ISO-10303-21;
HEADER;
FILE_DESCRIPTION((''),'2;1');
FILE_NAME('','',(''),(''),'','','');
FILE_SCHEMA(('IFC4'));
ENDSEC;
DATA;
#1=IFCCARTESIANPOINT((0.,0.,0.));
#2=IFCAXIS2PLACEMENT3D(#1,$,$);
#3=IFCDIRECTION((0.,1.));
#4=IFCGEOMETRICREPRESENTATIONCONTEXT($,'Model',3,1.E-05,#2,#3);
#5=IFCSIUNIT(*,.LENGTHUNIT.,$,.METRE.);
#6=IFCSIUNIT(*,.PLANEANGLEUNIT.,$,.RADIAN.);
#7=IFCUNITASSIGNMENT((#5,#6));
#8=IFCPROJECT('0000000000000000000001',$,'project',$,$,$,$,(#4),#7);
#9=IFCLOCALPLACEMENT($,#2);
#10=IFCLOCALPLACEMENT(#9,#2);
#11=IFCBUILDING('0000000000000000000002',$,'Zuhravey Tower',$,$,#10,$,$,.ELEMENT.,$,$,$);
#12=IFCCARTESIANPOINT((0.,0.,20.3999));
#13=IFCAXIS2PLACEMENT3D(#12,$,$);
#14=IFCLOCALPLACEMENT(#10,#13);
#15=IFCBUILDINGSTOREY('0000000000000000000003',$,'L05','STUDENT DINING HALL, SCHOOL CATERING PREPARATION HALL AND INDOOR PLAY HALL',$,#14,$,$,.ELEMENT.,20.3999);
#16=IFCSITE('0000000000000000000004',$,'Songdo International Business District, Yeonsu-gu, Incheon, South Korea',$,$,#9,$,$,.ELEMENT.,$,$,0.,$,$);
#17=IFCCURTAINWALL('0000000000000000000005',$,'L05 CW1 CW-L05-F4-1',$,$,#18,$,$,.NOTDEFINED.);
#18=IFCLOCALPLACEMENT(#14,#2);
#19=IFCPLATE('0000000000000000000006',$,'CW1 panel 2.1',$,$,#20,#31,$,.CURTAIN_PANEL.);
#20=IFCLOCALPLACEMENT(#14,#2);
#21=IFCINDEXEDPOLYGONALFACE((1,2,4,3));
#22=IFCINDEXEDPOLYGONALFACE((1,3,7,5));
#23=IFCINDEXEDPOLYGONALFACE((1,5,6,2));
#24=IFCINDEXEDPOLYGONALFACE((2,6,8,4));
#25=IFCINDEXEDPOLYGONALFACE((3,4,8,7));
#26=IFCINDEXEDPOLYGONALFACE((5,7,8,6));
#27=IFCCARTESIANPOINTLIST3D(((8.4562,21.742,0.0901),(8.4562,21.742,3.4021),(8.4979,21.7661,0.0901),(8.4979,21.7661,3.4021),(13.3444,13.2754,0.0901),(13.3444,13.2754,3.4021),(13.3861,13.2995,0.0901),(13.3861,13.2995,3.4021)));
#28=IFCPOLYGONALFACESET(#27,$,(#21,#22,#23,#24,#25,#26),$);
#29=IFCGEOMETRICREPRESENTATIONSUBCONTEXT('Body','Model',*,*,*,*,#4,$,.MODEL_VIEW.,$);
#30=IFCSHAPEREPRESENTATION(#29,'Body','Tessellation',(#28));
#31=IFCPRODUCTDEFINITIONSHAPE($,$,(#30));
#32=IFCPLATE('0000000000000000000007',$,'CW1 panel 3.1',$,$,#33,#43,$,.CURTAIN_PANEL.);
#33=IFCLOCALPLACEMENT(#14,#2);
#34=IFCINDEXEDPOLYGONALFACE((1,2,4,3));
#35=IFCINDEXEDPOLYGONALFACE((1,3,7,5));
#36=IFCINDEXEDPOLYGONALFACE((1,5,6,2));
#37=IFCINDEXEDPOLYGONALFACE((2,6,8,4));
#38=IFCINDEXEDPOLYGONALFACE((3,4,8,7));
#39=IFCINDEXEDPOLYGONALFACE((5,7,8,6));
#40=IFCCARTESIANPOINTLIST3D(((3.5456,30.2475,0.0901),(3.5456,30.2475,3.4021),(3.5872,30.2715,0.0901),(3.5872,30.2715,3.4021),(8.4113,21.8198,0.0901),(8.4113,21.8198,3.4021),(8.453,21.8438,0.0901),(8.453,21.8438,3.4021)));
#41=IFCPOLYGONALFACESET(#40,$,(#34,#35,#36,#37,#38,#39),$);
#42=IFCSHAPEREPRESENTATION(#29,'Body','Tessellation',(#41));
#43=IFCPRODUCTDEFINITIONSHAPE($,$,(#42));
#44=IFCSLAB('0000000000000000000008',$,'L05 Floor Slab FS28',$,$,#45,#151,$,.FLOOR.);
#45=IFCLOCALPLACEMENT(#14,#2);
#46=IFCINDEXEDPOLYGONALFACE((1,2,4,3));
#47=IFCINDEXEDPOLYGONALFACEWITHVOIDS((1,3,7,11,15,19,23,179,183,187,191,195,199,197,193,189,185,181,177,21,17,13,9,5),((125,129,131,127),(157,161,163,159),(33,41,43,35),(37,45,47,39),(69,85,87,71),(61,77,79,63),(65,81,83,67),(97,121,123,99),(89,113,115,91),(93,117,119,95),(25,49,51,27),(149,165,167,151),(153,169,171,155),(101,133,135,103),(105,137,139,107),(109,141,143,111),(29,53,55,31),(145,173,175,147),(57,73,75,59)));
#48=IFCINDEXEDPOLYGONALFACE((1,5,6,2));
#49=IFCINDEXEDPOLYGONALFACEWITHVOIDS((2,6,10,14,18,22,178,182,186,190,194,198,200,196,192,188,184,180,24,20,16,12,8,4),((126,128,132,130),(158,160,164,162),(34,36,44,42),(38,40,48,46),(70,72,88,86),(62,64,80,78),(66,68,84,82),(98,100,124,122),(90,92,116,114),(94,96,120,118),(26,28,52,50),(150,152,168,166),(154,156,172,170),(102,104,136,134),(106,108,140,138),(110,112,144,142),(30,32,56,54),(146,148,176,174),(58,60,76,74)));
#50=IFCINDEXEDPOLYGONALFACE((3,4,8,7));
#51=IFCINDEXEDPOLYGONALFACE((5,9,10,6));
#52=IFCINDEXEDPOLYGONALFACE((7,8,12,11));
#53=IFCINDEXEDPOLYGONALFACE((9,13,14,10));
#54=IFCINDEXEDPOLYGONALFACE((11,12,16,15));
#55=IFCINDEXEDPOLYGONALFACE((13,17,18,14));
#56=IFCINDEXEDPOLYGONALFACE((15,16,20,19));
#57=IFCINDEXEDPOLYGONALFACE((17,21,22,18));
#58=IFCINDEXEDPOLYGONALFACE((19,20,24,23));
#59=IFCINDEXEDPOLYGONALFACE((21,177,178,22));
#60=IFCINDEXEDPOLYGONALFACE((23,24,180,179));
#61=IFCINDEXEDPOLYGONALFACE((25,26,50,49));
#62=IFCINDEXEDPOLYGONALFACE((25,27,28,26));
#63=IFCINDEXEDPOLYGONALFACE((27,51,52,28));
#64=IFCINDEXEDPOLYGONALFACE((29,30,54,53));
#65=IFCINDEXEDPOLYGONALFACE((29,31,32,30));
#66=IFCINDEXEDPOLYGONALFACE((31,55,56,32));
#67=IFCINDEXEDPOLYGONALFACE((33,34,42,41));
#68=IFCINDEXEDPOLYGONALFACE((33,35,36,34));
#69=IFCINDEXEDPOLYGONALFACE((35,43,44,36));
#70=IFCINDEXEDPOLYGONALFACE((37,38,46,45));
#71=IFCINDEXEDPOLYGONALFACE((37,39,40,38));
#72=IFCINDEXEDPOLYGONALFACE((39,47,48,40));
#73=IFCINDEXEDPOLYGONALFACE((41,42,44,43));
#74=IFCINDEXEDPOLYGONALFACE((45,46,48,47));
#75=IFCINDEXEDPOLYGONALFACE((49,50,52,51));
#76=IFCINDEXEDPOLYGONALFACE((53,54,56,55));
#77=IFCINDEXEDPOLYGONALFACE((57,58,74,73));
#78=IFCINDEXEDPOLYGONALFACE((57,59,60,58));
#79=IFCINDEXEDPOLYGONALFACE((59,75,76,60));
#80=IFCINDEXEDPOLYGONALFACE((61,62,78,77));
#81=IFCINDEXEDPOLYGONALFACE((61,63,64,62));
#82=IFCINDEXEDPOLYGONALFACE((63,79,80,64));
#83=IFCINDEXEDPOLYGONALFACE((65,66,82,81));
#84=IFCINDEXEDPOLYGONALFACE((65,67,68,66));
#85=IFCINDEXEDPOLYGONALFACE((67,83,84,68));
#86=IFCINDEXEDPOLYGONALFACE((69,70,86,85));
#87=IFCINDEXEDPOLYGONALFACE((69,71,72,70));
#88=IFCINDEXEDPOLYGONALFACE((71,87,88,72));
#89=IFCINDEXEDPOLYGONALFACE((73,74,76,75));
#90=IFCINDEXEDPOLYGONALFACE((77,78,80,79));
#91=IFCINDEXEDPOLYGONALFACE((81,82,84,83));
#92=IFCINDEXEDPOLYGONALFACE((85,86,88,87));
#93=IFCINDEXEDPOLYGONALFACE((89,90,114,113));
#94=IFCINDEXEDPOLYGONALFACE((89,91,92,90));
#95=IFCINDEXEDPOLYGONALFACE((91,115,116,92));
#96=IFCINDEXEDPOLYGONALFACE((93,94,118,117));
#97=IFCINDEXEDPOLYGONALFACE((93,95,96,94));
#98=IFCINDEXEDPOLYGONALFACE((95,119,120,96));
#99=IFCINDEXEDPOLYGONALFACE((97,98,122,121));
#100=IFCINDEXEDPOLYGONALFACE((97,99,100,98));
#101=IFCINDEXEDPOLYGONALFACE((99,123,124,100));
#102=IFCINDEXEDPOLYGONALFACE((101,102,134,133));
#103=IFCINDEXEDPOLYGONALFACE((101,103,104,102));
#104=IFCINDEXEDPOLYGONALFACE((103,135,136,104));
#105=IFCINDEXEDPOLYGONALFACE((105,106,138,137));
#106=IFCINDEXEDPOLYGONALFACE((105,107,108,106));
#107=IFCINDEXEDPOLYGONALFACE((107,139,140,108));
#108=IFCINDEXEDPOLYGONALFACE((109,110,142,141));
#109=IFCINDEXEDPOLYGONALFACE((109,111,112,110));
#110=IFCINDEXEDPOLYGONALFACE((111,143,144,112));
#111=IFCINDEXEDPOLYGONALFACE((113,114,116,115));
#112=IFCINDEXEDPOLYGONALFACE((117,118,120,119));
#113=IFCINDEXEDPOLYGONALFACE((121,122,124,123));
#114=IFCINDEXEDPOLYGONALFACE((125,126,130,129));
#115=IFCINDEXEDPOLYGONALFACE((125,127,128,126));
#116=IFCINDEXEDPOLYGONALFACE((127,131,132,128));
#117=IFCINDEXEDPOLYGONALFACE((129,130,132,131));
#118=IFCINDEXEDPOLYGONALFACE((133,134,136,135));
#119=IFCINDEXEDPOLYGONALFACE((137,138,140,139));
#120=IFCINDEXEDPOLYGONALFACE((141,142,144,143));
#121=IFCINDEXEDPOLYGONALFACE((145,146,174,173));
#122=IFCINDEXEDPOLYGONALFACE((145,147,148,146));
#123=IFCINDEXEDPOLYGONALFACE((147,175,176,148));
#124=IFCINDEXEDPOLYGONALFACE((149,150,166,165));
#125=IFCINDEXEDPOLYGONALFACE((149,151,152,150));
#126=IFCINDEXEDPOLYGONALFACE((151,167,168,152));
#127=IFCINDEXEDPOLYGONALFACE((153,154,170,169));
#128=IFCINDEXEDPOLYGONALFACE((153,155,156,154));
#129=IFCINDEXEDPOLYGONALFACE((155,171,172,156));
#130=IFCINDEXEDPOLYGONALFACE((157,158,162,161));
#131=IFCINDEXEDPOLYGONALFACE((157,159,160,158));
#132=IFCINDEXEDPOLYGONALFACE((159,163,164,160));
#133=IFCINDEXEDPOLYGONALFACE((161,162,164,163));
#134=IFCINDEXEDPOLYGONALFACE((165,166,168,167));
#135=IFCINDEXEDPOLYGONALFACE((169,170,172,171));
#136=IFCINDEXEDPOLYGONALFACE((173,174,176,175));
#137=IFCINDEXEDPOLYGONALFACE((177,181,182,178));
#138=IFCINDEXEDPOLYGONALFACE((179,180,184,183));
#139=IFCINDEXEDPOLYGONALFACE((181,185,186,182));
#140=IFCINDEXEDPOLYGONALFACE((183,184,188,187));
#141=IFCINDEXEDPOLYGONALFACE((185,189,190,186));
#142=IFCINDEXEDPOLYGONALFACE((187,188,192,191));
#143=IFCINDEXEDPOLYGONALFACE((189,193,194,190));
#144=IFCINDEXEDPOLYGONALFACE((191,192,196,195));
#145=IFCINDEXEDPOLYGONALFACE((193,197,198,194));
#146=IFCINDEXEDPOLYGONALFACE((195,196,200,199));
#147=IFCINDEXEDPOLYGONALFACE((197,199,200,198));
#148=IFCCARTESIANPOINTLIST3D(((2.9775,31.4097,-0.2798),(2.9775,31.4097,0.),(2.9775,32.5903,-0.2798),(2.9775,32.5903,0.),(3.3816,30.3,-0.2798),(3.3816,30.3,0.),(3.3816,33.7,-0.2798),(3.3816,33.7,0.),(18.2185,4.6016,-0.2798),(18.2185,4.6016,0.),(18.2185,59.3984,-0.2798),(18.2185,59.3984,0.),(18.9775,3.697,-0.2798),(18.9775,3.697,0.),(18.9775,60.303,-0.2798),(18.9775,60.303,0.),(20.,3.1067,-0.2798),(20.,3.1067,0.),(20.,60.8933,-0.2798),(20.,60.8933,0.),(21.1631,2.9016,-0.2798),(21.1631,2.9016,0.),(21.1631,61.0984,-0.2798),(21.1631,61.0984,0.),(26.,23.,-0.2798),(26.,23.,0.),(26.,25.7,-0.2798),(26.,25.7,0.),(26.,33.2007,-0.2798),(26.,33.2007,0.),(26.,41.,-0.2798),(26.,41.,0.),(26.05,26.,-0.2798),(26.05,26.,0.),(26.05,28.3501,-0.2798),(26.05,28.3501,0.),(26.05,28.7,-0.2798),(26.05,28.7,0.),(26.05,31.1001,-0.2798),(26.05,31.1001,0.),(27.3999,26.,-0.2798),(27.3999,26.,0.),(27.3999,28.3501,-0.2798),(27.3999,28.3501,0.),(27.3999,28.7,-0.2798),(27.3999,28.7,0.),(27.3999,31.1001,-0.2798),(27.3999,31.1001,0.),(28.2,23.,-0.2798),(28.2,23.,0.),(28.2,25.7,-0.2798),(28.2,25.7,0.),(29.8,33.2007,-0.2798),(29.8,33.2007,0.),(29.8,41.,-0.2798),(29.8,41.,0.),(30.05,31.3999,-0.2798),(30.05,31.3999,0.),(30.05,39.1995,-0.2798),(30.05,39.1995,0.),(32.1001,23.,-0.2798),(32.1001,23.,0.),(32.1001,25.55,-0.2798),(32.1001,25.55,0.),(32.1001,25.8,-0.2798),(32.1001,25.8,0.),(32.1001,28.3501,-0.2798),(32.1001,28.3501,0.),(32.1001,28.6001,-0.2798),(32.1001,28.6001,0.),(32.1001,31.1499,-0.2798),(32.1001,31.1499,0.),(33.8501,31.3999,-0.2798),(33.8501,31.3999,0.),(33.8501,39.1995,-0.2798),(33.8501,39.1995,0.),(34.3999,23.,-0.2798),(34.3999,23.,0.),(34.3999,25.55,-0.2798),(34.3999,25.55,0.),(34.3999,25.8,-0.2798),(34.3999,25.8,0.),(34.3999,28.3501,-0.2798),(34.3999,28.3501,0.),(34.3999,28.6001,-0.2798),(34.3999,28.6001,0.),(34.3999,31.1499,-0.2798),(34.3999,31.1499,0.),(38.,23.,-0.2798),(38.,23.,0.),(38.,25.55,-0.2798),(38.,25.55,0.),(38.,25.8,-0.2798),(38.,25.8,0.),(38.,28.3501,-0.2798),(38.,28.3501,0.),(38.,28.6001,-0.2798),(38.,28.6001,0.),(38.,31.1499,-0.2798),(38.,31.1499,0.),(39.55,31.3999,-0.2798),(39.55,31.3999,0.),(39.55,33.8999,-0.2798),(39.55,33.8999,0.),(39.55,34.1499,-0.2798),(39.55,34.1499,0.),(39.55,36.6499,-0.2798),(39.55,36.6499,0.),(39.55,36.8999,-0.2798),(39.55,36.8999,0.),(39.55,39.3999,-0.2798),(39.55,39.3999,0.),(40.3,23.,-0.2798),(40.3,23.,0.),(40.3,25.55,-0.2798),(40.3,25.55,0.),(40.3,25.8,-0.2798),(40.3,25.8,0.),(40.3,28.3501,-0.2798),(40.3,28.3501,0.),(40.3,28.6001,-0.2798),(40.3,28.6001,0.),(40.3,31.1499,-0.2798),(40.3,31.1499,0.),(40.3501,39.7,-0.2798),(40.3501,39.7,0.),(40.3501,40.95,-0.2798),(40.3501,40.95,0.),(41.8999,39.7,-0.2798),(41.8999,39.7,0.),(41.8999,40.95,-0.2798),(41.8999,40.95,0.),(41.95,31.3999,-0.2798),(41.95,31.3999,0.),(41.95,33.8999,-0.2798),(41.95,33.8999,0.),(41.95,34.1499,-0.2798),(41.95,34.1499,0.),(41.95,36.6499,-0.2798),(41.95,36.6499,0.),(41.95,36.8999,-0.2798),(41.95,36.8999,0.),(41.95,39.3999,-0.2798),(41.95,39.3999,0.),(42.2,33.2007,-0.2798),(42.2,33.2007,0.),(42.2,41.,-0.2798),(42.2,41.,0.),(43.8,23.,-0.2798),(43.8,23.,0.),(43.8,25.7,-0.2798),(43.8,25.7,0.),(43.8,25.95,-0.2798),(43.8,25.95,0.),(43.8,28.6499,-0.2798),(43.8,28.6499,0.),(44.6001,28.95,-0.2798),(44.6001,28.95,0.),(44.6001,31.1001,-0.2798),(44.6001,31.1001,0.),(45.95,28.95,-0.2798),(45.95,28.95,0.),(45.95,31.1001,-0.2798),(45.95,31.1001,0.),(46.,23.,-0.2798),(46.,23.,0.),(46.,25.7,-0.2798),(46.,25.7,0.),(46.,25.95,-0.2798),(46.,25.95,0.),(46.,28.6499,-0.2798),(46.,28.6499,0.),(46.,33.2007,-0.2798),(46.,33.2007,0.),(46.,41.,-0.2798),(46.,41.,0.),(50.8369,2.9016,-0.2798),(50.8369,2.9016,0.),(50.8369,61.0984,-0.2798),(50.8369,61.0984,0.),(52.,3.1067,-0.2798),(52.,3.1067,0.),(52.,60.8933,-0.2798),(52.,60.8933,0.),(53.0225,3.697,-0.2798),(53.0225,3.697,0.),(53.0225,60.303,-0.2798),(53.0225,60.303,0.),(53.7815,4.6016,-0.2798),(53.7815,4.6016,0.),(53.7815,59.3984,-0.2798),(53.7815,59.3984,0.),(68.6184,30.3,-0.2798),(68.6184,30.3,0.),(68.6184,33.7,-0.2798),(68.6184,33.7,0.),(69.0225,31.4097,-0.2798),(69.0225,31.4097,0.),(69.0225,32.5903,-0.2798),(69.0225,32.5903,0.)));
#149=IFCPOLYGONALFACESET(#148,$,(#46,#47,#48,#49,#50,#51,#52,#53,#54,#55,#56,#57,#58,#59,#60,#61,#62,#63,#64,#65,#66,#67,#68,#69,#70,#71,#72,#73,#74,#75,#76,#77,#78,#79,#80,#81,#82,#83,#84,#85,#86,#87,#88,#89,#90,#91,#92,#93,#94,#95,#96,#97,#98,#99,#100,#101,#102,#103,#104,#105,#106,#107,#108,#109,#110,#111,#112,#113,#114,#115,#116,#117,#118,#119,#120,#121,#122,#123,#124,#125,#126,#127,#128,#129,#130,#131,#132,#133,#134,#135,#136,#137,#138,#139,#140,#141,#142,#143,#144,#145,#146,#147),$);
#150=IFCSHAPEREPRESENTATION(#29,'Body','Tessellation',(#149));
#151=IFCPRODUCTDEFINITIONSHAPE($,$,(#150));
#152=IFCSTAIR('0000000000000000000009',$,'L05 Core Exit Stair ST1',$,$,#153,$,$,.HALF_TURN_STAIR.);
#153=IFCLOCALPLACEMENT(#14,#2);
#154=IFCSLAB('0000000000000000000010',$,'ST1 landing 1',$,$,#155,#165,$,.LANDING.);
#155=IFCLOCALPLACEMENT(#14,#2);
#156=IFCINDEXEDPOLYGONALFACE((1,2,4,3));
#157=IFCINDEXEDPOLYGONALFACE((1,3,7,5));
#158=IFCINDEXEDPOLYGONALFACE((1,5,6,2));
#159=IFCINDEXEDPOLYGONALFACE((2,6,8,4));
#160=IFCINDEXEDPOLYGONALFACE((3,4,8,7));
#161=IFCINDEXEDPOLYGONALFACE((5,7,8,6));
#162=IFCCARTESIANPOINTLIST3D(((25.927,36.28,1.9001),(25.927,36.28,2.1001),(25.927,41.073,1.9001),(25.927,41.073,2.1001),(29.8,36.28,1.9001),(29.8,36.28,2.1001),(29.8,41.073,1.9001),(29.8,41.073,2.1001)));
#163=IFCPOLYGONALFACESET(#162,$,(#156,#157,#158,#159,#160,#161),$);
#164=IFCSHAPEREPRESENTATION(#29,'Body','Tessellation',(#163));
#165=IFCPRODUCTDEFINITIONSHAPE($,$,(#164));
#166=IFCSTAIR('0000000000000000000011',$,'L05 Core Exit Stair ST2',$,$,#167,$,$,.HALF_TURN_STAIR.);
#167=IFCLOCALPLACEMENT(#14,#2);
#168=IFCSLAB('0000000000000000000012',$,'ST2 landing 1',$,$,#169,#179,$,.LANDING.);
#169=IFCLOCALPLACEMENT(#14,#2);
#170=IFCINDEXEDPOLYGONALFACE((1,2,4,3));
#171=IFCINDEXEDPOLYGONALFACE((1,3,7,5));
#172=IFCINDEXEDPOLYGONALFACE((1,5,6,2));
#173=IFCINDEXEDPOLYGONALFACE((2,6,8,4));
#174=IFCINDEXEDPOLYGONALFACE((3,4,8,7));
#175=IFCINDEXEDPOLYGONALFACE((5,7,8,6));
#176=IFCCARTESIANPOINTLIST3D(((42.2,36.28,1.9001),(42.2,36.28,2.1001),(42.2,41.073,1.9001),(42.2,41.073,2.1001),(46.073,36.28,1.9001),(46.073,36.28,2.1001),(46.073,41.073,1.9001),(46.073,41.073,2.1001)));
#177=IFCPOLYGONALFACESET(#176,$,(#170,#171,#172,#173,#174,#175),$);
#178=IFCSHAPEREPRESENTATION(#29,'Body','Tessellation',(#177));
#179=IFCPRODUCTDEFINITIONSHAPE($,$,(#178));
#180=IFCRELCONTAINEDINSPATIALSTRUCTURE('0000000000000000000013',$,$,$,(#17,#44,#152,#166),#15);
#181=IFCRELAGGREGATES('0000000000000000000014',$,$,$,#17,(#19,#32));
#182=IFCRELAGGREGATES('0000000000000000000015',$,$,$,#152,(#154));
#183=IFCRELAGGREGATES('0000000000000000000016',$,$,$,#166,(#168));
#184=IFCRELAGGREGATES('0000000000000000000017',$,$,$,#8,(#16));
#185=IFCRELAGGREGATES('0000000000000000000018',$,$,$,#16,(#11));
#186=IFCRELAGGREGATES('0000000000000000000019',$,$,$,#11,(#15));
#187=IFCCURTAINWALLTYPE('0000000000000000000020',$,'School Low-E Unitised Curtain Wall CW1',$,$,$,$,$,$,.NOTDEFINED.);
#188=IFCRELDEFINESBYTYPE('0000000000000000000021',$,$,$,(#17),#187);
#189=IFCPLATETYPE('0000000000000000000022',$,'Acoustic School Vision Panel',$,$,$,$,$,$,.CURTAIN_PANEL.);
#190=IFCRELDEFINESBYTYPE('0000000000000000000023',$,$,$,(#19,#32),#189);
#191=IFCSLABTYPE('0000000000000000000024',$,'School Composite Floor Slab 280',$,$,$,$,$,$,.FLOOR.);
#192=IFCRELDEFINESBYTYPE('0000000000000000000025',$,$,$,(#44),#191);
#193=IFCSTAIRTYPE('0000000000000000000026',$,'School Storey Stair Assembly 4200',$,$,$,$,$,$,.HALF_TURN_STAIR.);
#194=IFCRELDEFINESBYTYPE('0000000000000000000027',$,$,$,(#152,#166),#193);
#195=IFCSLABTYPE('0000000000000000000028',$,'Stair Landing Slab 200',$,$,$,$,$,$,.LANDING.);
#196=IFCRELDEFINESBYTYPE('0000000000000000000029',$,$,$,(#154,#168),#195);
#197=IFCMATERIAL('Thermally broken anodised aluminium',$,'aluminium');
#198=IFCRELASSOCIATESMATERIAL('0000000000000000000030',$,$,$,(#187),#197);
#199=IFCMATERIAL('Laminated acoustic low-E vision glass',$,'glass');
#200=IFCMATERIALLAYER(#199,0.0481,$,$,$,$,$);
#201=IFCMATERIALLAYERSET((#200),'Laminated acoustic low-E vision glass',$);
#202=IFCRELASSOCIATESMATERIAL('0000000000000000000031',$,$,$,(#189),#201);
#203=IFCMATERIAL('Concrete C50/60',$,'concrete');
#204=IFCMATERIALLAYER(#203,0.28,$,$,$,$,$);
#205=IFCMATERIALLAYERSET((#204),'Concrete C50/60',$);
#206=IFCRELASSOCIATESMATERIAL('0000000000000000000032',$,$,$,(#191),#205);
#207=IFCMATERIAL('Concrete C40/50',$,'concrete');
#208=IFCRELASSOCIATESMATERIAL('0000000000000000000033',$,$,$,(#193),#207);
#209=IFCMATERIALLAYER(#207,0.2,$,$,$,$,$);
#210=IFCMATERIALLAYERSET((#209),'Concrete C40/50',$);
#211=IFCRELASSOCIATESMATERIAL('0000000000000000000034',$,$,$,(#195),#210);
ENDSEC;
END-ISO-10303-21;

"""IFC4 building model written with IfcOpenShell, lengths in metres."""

from ifc_helpers import new_model, si_unit, direction, frame, origin, origin_2d, place, context, subcontext, project, spatial, polyline, rectangle, outline, extrude, material, layer, layer_set, type_object, element, aggregate, save


model = new_model("IFC4")

# Units and contexts
model_context = context("Model", 3, precision=1e-05, world=origin(), true_north=direction((0.0, 1.0)))
body_context = subcontext(model_context, "Body", "Model", "MODEL_VIEW")
ifc_project = project(units=[si_unit("LENGTHUNIT", "METRE"), si_unit("PLANEANGLEUNIT", "RADIAN")], contexts=[model_context])

# Site, building, storey
site_placement = place(None, origin())
site = spatial("IfcSite", under=ifc_project, at=site_placement, Name="Songdo International Business District, Yeonsu-gu, Incheon, South Korea", CompositionType="ELEMENT", RefElevation=0.0)
building_placement = place(site_placement, origin())
building = spatial("IfcBuilding", under=site, at=building_placement, Name="Zuhravey Tower", CompositionType="ELEMENT")
storey_placement = place(building_placement, frame((0.0, 0.0, 20.3999)))
storey = spatial("IfcBuildingStorey", under=building, at=storey_placement, Name="L05", Description="STUDENT DINING HALL, SCHOOL CATERING PREPARATION HALL AND INDOOR PLAY HALL", CompositionType="ELEMENT", Elevation=20.3999)

# Shared definitions
ifc_material_1 = material(Name="Thermally broken anodised aluminium", Category="aluminium")
curtain_wall_type = type_object("IfcCurtainWallType", Name="School Low-E Unitised Curtain Wall CW1", PredefinedType="NOTDEFINED", material=ifc_material_1)

# Curtain wall
curtain_wall_1_placement = place(storey_placement, origin())
curtain_wall_1 = element("IfcCurtainWall", 1, at=curtain_wall_1_placement, inside=storey, type_object=curtain_wall_type, Name="L05 CW1 CW-L05-F4-1", PredefinedType="NOTDEFINED")

# Plates
ifc_material_2 = material(Name="Laminated acoustic low-E vision glass", Category="glass")
ifc_layer_1 = layer(ifc_material_2, 0.0481)
ifc_layer_set_1 = layer_set([ifc_layer_1], Name="Laminated acoustic low-E vision glass")
plate_type = type_object("IfcPlateType", Name="Acoustic School Vision Panel", PredefinedType="CURTAIN_PANEL", material=ifc_layer_set_1)
plate_1_placement = place(storey_placement, frame((10.9211, 17.5208, 0.0901), z_axis=(0.0, 0.0, 1.0), x_axis=(-0.5, 0.866026, 0.0)))
plate_1 = element("IfcPlate", 2, at=plate_1_placement, type_object=plate_type, Name="CW1 panel 2.1", PredefinedType="CURTAIN_PANEL", context=body_context, shape_type="SweptSolid", body=[
    extrude(rectangle(XDim=9.7764, YDim=0.0481, at=origin_2d()), origin(), (0.0, 0.0, 1.0), 3.312),
])
plate_2_placement = place(storey_placement, frame((5.9993, 26.0457, 0.0901), z_axis=(0.0, 0.0, 1.0), x_axis=(-0.5, 0.866026, 0.0)))
plate_2 = element("IfcPlate", 3, at=plate_2_placement, type_object=plate_type, Name="CW1 panel 3.1", PredefinedType="CURTAIN_PANEL", context=body_context, shape_type="SweptSolid", body=[
    extrude(rectangle(XDim=9.7314, YDim=0.0481, at=origin_2d()), origin(), (0.0, 0.0, 1.0), 3.312),
])
aggregate(curtain_wall_1, [plate_1, plate_2])

# Slab
ifc_material_3 = material(Name="Concrete C50/60", Category="concrete")
ifc_layer_2 = layer(ifc_material_3, 0.28)
ifc_layer_set_2 = layer_set([ifc_layer_2], Name="Concrete C50/60")
slab_type_1 = type_object("IfcSlabType", Name="School Composite Floor Slab 280", PredefinedType="FLOOR", material=ifc_layer_set_2)
slab_1_placement = place(storey_placement, frame((0.0, 0.0, -0.2798)))
element("IfcSlab", 4, at=slab_1_placement, inside=storey, type_object=slab_type_1, Name="L05 Floor Slab FS28", PredefinedType="FLOOR", context=body_context, shape_type="SweptSolid", body=[
    extrude(outline(polyline([(68.6184, 30.3), (69.0225, 31.4097), (69.0225, 32.5903), (68.6184, 33.7), (53.7815, 59.3984), (53.0225, 60.303), (52.0, 60.8933), (50.8369, 61.0984), (21.1631, 61.0984), (20.0, 60.8933), (18.9775, 60.303), (18.2185, 59.3984), (3.3816, 33.7), (2.9775, 32.5903), (2.9775, 31.4097), (3.3816, 30.3), (18.2185, 4.6016), (18.9775, 3.697), (20.0, 3.1067), (21.1631, 2.9016), (50.8369, 2.9016), (52.0, 3.1067), (53.0225, 3.697), (53.7815, 4.6016), (68.6184, 30.3)]), holes=[polyline([(29.8, 33.2007), (29.8, 41.0), (26.0, 41.0), (26.0, 33.2007), (29.8, 33.2007)]), polyline([(46.0, 33.2007), (46.0, 41.0), (42.2, 41.0), (42.2, 33.2007), (46.0, 33.2007)]), polyline([(30.05, 39.1995), (30.05, 31.3999), (33.8501, 31.3999), (33.8501, 39.1995), (30.05, 39.1995)]), polyline([(32.1001, 23.0), (34.3999, 23.0), (34.3999, 25.55), (32.1001, 25.55), (32.1001, 23.0)]), polyline([(32.1001, 25.8), (34.3999, 25.8), (34.3999, 28.3501), (32.1001, 28.3501), (32.1001, 25.8)]), polyline([(32.1001, 28.6001), (34.3999, 28.6001), (34.3999, 31.1499), (32.1001, 31.1499), (32.1001, 28.6001)]), polyline([(38.0, 23.0), (40.3, 23.0), (40.3, 25.55), (38.0, 25.55), (38.0, 23.0)]), polyline([(38.0, 25.8), (40.3, 25.8), (40.3, 28.3501), (38.0, 28.3501), (38.0, 25.8)]), polyline([(38.0, 28.6001), (40.3, 28.6001), (40.3, 31.1499), (38.0, 31.1499), (38.0, 28.6001)]), polyline([(39.55, 31.3999), (41.95, 31.3999), (41.95, 33.8999), (39.55, 33.8999), (39.55, 31.3999)]), polyline([(39.55, 34.1499), (41.95, 34.1499), (41.95, 36.6499), (39.55, 36.6499), (39.55, 34.1499)]), polyline([(39.55, 36.8999), (41.95, 36.8999), (41.95, 39.3999), (39.55, 39.3999), (39.55, 36.8999)]), polyline([(26.0, 23.0), (28.2, 23.0), (28.2, 25.7), (26.0, 25.7), (26.0, 23.0)]), polyline([(43.8, 23.0), (46.0, 23.0), (46.0, 25.7), (43.8, 25.7), (43.8, 23.0)]), polyline([(43.8, 25.95), (46.0, 25.95), (46.0, 28.6499), (43.8, 28.6499), (43.8, 25.95)]), polyline([(26.05, 26.0), (27.3999, 26.0), (27.3999, 28.3501), (26.05, 28.3501), (26.05, 26.0)]), polyline([(26.05, 28.7), (27.3999, 28.7), (27.3999, 31.1001), (26.05, 31.1001), (26.05, 28.7)]), polyline([(44.6001, 28.95), (45.95, 28.95), (45.95, 31.1001), (44.6001, 31.1001), (44.6001, 28.95)]), polyline([(40.3501, 39.7), (41.8999, 39.7), (41.8999, 40.95), (40.3501, 40.95), (40.3501, 39.7)])]), origin(), (0.0, 0.0, 1.0), 0.2798),
])

# Stairs, slabs
ifc_material_4 = material(Name="Concrete C40/50", Category="concrete")
stair_type = type_object("IfcStairType", Name="School Storey Stair Assembly 4200", PredefinedType="HALF_TURN_STAIR", material=ifc_material_4)
stair_1_placement = place(storey_placement, origin())
stair_1 = element("IfcStair", 5, at=stair_1_placement, inside=storey, type_object=stair_type, Name="L05 Core Exit Stair ST1", PredefinedType="HALF_TURN_STAIR")
ifc_layer_3 = layer(ifc_material_4, 0.2)
ifc_layer_set_3 = layer_set([ifc_layer_3], Name="Concrete C40/50")
slab_type_2 = type_object("IfcSlabType", Name="Stair Landing Slab 200", PredefinedType="LANDING", material=ifc_layer_set_3)
slab_2_placement = place(storey_placement, frame((0.0, 0.0, 1.9001)))
slab_2 = element("IfcSlab", 6, at=slab_2_placement, type_object=slab_type_2, Name="ST1 landing 1", PredefinedType="LANDING", context=body_context, shape_type="SweptSolid", body=[
    extrude(outline(polyline([(29.8, 36.28), (29.8, 41.073), (25.927, 41.073), (25.927, 36.28), (29.8, 36.28)])), origin(), (0.0, 0.0, 1.0), 0.2),
])
aggregate(stair_1, [slab_2])
stair_2_placement = place(storey_placement, origin())
stair_2 = element("IfcStair", 7, at=stair_2_placement, inside=storey, type_object=stair_type, Name="L05 Core Exit Stair ST2", PredefinedType="HALF_TURN_STAIR")
slab_3_placement = place(storey_placement, frame((0.0, 0.0, 1.9001)))
slab_3 = element("IfcSlab", 8, at=slab_3_placement, type_object=slab_type_2, Name="ST2 landing 1", PredefinedType="LANDING", context=body_context, shape_type="SweptSolid", body=[
    extrude(outline(polyline([(46.073, 36.28), (46.073, 41.073), (42.2, 41.073), (42.2, 36.28), (46.073, 36.28)])), origin(), (0.0, 0.0, 1.0), 0.2),
])
aggregate(stair_2, [slab_3])

save(model, "model.ifc")
